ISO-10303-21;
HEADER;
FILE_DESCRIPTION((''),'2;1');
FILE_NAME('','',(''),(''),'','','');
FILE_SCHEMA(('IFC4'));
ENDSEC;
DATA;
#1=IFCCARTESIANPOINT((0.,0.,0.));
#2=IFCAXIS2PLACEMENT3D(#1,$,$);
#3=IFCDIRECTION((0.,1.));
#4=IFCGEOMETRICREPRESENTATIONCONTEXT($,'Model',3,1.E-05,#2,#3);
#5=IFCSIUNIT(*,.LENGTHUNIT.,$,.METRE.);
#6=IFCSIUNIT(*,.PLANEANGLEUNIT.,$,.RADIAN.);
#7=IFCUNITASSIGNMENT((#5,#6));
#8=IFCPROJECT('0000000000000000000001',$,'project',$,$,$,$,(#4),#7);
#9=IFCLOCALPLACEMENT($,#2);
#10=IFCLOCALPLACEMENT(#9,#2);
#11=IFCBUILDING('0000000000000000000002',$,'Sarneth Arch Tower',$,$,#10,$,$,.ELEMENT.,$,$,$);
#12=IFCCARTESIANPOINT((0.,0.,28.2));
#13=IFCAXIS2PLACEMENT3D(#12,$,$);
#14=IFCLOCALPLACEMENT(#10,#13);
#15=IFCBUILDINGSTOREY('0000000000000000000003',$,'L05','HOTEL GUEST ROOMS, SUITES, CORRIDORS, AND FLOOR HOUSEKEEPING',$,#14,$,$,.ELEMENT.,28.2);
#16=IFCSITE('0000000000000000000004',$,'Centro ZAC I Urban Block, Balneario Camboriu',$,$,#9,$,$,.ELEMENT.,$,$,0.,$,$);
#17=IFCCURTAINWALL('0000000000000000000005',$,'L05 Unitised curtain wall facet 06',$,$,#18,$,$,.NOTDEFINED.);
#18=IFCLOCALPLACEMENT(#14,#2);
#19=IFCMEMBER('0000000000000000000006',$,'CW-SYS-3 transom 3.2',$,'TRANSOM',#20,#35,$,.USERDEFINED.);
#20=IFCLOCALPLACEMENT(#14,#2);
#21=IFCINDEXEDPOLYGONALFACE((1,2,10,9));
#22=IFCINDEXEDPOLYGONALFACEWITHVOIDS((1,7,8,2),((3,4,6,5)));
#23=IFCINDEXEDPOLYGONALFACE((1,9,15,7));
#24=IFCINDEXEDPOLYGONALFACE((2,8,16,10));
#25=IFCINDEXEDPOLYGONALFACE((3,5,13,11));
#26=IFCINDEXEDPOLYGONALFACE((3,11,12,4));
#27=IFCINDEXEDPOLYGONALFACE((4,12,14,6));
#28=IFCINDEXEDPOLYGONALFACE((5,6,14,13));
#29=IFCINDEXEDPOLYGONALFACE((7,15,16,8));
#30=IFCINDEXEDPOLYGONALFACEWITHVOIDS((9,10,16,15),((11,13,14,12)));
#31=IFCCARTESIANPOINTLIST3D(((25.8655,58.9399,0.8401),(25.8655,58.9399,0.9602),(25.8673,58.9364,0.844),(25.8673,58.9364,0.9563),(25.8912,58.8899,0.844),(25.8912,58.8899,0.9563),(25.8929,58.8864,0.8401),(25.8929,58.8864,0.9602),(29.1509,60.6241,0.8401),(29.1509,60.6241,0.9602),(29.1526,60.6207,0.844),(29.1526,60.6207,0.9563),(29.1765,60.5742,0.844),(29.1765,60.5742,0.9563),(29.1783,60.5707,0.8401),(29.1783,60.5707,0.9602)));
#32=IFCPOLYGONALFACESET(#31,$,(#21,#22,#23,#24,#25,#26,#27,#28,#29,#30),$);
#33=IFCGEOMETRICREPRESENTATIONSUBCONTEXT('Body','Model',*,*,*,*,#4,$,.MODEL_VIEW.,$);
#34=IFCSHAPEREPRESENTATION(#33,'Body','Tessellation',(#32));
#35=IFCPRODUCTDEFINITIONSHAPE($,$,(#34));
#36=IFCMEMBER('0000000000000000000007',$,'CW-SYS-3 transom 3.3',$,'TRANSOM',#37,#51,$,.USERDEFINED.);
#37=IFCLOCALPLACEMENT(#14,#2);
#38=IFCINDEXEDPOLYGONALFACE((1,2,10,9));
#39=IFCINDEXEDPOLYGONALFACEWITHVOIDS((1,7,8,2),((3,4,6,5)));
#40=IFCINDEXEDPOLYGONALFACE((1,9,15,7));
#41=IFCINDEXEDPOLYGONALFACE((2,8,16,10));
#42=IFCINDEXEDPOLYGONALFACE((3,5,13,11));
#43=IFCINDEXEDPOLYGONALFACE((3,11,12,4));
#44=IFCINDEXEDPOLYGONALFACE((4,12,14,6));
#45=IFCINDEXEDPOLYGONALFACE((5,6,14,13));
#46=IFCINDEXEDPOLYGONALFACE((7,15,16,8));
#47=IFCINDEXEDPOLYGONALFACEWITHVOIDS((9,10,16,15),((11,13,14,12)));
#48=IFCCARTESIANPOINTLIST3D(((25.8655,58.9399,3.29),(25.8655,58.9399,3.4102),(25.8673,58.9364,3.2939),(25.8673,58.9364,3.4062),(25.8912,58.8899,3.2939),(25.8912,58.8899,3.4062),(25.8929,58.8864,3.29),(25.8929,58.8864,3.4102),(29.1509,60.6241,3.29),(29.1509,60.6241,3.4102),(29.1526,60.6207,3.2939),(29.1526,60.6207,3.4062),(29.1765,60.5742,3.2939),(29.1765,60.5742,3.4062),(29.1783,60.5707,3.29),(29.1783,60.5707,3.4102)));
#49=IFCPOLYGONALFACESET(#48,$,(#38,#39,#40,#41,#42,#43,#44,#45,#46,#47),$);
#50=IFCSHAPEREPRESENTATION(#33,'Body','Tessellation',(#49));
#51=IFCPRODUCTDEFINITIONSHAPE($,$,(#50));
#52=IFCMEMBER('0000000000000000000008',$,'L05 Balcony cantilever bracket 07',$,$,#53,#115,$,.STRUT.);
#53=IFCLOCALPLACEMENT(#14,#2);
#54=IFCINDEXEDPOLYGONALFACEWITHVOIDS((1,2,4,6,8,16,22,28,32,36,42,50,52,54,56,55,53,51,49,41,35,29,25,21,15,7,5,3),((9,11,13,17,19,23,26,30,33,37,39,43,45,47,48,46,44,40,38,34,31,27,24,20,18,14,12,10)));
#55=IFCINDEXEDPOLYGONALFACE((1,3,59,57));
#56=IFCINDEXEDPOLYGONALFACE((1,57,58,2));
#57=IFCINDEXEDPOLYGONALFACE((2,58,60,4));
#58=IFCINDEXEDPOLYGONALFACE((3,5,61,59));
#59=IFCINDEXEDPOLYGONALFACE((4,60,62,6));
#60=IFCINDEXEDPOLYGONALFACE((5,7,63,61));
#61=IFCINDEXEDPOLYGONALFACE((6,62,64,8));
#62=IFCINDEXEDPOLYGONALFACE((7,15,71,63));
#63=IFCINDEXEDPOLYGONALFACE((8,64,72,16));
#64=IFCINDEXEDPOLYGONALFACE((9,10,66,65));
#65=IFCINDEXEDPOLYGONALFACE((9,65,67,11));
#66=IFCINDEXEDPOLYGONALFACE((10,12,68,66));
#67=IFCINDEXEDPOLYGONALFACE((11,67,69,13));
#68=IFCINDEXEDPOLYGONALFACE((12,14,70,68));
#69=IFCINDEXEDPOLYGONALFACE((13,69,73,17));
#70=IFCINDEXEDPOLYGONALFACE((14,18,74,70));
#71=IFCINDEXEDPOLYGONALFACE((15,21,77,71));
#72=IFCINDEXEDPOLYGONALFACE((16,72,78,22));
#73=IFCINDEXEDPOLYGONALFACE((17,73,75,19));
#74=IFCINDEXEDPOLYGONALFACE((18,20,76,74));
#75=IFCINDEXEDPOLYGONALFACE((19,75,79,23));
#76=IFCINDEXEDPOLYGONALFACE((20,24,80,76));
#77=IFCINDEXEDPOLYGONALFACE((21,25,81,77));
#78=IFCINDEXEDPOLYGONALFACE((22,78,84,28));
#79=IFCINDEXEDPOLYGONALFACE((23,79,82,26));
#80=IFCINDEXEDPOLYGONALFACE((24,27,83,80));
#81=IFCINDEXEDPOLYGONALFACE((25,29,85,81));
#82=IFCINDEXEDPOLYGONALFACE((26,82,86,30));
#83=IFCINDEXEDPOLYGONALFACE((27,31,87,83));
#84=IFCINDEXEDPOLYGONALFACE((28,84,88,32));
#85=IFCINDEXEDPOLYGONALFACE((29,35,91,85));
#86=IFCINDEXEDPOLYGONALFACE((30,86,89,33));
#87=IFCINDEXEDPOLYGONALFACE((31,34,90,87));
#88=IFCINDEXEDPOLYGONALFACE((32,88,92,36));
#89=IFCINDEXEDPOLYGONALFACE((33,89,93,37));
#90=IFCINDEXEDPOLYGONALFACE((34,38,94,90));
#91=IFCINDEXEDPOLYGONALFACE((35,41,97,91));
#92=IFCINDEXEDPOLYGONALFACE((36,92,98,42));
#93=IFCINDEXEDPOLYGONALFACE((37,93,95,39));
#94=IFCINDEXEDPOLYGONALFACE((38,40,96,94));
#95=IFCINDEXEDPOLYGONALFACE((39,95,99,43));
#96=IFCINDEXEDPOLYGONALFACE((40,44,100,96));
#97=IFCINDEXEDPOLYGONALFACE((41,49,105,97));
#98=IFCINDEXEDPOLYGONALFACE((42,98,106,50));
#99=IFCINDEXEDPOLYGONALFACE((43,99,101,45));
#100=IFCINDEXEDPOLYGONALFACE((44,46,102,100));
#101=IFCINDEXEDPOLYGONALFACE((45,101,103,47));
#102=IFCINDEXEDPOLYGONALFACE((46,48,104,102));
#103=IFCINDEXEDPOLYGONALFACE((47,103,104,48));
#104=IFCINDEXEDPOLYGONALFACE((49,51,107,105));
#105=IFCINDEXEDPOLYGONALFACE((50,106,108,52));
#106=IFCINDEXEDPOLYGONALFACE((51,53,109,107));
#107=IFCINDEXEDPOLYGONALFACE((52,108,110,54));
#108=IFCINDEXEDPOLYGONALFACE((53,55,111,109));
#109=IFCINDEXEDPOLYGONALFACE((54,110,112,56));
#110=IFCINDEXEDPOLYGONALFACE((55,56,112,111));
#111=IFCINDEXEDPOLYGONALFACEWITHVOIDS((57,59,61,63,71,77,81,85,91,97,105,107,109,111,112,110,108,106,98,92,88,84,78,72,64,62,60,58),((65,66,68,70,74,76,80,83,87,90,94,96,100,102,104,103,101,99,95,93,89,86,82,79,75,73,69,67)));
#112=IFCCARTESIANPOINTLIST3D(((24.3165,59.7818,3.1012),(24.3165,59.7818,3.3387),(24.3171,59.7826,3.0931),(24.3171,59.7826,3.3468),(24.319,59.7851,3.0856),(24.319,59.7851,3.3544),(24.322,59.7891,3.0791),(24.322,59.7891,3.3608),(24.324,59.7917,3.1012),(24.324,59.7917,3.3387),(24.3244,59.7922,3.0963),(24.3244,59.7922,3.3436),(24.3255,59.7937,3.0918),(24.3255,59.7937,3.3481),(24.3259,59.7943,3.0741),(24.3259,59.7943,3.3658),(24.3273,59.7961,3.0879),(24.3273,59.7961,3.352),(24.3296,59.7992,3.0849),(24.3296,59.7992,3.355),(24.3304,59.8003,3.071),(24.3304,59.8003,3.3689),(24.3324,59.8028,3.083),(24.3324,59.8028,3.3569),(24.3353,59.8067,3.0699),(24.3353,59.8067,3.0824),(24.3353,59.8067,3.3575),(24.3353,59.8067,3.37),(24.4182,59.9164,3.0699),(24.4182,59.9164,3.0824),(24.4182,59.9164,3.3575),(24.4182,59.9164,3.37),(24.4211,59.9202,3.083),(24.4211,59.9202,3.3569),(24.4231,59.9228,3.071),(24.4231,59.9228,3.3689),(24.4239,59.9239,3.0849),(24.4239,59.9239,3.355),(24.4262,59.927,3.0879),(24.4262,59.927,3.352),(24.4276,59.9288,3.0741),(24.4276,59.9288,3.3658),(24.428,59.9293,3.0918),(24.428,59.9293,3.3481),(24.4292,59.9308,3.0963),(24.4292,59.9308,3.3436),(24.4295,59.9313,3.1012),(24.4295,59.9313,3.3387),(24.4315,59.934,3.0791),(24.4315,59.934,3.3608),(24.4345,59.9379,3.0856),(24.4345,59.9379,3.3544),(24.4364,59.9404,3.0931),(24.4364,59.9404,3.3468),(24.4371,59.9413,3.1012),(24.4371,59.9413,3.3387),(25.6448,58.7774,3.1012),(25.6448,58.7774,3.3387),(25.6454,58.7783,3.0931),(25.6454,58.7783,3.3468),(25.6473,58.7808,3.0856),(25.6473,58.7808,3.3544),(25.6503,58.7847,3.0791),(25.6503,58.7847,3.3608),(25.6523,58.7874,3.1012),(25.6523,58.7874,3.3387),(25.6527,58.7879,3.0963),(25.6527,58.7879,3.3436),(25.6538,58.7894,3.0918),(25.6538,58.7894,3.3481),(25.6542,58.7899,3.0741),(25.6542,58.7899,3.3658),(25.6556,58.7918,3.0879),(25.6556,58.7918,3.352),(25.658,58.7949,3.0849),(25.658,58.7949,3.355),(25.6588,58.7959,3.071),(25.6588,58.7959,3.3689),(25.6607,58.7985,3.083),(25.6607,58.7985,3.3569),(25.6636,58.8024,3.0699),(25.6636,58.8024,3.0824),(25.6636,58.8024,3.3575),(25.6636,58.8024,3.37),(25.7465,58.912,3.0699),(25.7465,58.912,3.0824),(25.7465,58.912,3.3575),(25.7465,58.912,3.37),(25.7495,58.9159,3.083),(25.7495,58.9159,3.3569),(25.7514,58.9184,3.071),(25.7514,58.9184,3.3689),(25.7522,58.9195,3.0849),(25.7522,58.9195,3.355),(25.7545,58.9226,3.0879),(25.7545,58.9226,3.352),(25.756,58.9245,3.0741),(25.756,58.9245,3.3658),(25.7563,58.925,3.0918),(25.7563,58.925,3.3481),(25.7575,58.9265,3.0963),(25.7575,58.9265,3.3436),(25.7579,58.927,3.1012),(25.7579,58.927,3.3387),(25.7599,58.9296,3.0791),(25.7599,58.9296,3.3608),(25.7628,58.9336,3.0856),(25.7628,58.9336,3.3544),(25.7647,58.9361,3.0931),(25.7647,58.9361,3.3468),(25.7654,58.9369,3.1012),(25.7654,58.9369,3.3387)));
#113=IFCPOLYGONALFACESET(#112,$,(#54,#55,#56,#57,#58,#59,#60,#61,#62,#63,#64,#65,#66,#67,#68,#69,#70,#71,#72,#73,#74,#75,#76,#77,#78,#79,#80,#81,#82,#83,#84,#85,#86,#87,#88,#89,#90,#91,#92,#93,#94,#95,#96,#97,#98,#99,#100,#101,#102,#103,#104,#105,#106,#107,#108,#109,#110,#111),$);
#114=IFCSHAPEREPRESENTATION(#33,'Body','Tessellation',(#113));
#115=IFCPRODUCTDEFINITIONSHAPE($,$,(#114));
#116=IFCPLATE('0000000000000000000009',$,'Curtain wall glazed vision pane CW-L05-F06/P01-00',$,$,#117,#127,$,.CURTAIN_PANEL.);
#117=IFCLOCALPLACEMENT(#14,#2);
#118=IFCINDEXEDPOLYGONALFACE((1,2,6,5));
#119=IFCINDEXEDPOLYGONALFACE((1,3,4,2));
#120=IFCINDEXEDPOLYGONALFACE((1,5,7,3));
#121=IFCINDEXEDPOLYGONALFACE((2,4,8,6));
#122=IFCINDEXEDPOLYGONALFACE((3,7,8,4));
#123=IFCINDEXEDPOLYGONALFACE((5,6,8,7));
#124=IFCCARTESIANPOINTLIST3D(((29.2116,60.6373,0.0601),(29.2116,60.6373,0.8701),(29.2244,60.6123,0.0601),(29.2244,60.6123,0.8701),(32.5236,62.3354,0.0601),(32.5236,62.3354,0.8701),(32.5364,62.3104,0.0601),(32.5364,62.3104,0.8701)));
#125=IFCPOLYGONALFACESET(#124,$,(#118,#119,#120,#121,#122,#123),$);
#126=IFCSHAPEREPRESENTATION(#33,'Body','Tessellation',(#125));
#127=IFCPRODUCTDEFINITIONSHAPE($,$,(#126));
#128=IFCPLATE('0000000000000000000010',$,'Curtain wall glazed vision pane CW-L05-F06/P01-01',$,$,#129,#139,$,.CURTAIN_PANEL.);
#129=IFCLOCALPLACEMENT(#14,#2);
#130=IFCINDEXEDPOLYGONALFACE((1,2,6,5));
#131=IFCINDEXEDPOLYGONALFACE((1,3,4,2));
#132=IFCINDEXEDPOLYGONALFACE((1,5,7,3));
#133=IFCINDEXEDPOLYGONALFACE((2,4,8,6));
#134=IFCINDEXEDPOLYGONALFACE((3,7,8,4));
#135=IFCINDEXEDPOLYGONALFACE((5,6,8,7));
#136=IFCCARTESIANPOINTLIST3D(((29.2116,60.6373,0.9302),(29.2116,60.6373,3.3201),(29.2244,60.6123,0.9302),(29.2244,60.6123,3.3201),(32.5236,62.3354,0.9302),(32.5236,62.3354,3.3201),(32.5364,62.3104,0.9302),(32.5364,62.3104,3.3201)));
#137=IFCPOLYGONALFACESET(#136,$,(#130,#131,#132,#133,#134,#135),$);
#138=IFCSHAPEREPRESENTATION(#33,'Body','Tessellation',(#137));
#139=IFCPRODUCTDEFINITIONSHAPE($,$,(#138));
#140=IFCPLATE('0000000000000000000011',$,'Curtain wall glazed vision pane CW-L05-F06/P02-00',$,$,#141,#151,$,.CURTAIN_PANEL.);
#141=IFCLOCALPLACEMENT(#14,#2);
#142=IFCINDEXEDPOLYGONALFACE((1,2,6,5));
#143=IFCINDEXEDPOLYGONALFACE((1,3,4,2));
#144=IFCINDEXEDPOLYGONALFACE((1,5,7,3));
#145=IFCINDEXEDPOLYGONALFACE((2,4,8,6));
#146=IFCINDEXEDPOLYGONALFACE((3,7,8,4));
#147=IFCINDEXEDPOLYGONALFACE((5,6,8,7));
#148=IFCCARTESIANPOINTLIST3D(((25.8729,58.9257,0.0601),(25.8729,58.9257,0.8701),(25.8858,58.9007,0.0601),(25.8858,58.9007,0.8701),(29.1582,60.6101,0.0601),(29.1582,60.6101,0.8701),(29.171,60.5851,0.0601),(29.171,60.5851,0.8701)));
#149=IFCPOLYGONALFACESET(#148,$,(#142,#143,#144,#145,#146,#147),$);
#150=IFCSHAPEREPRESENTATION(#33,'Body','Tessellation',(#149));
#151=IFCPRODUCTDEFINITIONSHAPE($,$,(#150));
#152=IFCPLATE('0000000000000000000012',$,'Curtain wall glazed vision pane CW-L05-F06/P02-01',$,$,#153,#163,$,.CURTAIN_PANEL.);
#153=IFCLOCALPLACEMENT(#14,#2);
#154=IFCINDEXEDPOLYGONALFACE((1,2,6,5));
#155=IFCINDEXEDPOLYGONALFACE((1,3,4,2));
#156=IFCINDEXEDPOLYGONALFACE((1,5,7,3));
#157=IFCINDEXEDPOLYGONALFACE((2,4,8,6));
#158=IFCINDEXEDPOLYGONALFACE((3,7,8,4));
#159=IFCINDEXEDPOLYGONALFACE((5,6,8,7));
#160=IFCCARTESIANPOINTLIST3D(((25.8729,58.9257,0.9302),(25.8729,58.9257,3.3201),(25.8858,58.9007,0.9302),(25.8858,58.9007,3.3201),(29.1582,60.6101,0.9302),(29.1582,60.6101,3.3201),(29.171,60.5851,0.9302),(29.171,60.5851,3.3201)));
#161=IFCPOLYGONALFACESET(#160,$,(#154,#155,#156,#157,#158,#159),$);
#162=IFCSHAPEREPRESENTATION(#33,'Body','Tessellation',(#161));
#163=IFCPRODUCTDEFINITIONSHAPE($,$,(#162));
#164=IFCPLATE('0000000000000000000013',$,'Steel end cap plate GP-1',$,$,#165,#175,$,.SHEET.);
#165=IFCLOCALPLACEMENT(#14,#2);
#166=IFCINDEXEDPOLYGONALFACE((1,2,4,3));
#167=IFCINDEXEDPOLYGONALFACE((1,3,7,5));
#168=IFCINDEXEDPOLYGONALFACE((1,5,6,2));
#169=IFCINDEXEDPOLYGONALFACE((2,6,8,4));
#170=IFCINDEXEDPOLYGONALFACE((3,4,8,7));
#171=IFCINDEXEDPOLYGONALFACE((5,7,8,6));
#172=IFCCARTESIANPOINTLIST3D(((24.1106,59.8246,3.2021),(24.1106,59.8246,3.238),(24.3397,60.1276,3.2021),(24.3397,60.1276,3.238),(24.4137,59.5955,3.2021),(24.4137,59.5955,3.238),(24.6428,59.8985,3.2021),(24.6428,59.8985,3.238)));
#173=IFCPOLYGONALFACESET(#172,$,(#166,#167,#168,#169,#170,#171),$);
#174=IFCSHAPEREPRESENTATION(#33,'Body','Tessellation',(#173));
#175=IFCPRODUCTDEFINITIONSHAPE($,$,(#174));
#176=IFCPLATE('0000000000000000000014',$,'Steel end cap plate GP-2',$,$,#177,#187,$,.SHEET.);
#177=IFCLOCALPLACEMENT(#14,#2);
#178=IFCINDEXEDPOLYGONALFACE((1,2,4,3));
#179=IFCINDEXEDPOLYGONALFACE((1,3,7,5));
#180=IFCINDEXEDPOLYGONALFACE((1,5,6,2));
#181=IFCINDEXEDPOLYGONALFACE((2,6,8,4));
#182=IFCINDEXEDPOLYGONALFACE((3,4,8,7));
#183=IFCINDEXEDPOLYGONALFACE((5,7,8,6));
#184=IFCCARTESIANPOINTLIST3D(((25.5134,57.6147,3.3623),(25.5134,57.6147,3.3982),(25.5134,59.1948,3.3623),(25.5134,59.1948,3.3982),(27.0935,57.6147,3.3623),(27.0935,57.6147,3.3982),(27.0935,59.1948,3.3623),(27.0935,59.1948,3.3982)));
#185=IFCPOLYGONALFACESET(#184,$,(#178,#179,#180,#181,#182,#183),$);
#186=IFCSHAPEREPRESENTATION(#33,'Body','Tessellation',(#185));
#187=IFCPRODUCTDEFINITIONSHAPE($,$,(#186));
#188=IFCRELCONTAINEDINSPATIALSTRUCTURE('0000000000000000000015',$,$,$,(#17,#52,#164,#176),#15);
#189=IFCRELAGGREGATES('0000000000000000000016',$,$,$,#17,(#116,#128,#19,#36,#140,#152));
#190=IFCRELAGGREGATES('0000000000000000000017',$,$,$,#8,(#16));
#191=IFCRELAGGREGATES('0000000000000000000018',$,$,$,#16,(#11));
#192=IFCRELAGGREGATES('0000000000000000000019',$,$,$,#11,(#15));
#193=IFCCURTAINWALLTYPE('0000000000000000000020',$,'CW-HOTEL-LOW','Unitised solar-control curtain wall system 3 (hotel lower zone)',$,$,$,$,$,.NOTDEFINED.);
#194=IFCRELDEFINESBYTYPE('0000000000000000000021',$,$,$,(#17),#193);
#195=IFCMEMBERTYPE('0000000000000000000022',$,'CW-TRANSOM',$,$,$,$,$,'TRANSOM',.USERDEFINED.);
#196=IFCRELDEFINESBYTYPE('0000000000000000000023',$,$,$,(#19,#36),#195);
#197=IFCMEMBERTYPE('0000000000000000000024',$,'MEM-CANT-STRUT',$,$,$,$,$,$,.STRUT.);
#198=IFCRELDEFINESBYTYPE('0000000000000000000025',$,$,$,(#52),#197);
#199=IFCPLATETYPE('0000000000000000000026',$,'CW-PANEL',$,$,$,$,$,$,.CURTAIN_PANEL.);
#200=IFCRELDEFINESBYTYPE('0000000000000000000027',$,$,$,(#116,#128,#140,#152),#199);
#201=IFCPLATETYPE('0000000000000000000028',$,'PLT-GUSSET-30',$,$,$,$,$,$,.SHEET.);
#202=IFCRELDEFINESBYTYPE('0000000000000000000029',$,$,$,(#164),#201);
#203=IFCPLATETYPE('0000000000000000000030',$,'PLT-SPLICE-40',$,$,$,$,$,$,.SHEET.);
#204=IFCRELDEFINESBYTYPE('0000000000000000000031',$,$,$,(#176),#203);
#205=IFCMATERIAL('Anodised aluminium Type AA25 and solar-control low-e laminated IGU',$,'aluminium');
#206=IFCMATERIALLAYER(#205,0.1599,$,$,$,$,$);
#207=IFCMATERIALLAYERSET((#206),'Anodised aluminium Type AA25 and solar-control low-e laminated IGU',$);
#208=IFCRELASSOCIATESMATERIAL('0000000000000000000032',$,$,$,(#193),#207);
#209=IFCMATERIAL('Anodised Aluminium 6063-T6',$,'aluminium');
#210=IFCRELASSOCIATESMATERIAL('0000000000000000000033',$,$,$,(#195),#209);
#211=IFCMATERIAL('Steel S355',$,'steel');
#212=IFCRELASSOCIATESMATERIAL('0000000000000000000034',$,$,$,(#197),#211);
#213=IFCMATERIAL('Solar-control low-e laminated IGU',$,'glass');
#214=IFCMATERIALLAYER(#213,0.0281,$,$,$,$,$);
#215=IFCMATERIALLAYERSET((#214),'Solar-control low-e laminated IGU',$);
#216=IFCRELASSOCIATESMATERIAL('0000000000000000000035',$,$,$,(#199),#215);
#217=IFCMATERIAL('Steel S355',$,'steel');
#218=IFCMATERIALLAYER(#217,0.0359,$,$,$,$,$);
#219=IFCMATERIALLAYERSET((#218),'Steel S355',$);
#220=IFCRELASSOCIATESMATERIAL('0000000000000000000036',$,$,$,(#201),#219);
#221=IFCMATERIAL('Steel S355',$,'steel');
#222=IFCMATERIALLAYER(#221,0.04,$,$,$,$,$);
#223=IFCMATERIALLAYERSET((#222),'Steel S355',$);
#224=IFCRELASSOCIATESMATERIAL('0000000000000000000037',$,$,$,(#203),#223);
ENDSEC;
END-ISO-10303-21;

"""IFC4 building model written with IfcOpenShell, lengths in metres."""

from ifc_helpers import new_model, si_unit, direction, frame, origin, origin_2d, place, context, subcontext, project, spatial, rectangle, hollow_rectangle, extrude, material, layer, layer_set, material_profile, profile_set, type_object, element, aggregate, save


model = new_model("IFC4")

# Units and contexts
model_context = context("Model", 3, precision=1e-05, world=origin(), true_north=direction((0.0, 1.0)))
body_context = subcontext(model_context, "Body", "Model", "MODEL_VIEW")
ifc_project = project(units=[si_unit("LENGTHUNIT", "METRE"), si_unit("PLANEANGLEUNIT", "RADIAN")], contexts=[model_context])

# Site, building, storey
site_placement = place(None, origin())
site = spatial("IfcSite", under=ifc_project, at=site_placement, Name="Centro ZAC I Urban Block, Balneario Camboriu", CompositionType="ELEMENT", RefElevation=0.0)
building_placement = place(site_placement, origin())
building = spatial("IfcBuilding", under=site, at=building_placement, Name="Sarneth Arch Tower", CompositionType="ELEMENT")
storey_placement = place(building_placement, frame((0.0, 0.0, 28.2)))
storey = spatial("IfcBuildingStorey", under=building, at=storey_placement, Name="L05", Description="HOTEL GUEST ROOMS, SUITES, CORRIDORS, AND FLOOR HOUSEKEEPING", CompositionType="ELEMENT", Elevation=28.2)

# Curtain wall, members
ifc_material_1 = material(Name="Anodised aluminium Type AA25 and solar-control low-e laminated IGU", Category="aluminium")
ifc_layer_1 = layer(ifc_material_1, 0.1599)
ifc_layer_set_1 = layer_set([ifc_layer_1], Name="Anodised aluminium Type AA25 and solar-control low-e laminated IGU")
curtain_wall_type = type_object("IfcCurtainWallType", Name="CW-HOTEL-LOW", Description="Unitised solar-control curtain wall system 3 (hotel lower zone)", PredefinedType="NOTDEFINED", material=ifc_layer_set_1)
curtain_wall_placement = place(storey_placement, origin())
curtain_wall = element("IfcCurtainWall", 1, at=curtain_wall_placement, inside=storey, type_object=curtain_wall_type, Name="L05 Unitised curtain wall facet 06", PredefinedType="NOTDEFINED")
ifc_material_2 = material(Name="Anodised Aluminium 6063-T6", Category="aluminium")
ifc_material_profile_1 = material_profile(ifc_material_2, hollow_rectangle(XDim=0.0601, YDim=0.1201, WallThickness=0.0039, at=origin_2d()), Name="AL-TRAN-120x60x4")
ifc_profile_set_1 = profile_set([ifc_material_profile_1], Name="Anodised Aluminium 6063-T6")
member_type_1 = type_object("IfcMemberType", Name="CW-TRANSOM", ElementType="TRANSOM", PredefinedType="USERDEFINED", material=ifc_profile_set_1)
member_1_placement = place(storey_placement, frame((29.1646, 60.5974, 0.9001), z_axis=(-0.889872, -0.456211, 0.0), x_axis=(0.456211, -0.889872, 0.0)))
member_1 = element("IfcMember", 2, at=member_1_placement, type_object=member_type_1, Name="CW-SYS-3 transom 3.2", ObjectType="TRANSOM", PredefinedType="USERDEFINED", context=body_context, shape_type="SweptSolid", body=[
    extrude(hollow_rectangle(XDim=0.0601, YDim=0.1201, WallThickness=0.0039, at=origin_2d()), origin(), (0.0, 0.0, 1.0), 3.6919),
])
member_2_placement = place(storey_placement, frame((29.1646, 60.5974, 3.3501), z_axis=(-0.889872, -0.456211, 0.0), x_axis=(0.456211, -0.889872, 0.0)))
member_2 = element("IfcMember", 3, at=member_2_placement, type_object=member_type_1, Name="CW-SYS-3 transom 3.3", ObjectType="TRANSOM", PredefinedType="USERDEFINED", context=body_context, shape_type="SweptSolid", body=[
    extrude(hollow_rectangle(XDim=0.0601, YDim=0.1201, WallThickness=0.0039, at=origin_2d()), origin(), (0.0, 0.0, 1.0), 3.6919),
])

# Member
ifc_material_3 = material(Name="Steel S355", Category="steel")
ifc_material_profile_2 = material_profile(ifc_material_3, hollow_rectangle(XDim=0.2, YDim=0.3, WallThickness=0.0125, InnerFilletRadius=0.0188, OuterFilletRadius=0.0312, at=origin_2d()), Name="RHS300x200x12.5")
ifc_profile_set_2 = profile_set([ifc_material_profile_2], Name="Steel S355")
member_type_2 = type_object("IfcMemberType", Name="MEM-CANT-STRUT", PredefinedType="STRUT", material=ifc_profile_set_2)
member_3_placement = place(storey_placement, frame((25.7051, 58.8572, 3.22), z_axis=(-0.797654, 0.603115, 0.0), x_axis=(-0.603115, -0.797654, 0.0)))
element("IfcMember", 4, at=member_3_placement, inside=storey, type_object=member_type_2, Name="L05 Balcony cantilever bracket 07", PredefinedType="STRUT", context=body_context, shape_type="SweptSolid", body=[
    extrude(hollow_rectangle(XDim=0.2, YDim=0.3, WallThickness=0.0125, InnerFilletRadius=0.0188, OuterFilletRadius=0.0312, at=origin_2d()), origin(), (0.0, 0.0, 1.0), 1.6653),
])

# Plates
ifc_material_4 = material(Name="Solar-control low-e laminated IGU", Category="glass")
ifc_layer_2 = layer(ifc_material_4, 0.0281)
ifc_layer_set_2 = layer_set([ifc_layer_2], Name="Solar-control low-e laminated IGU")
plate_type_1 = type_object("IfcPlateType", Name="CW-PANEL", PredefinedType="CURTAIN_PANEL", material=ifc_layer_set_2)
plate_1_placement = place(storey_placement, frame((30.874, 61.4739, 0.0601), z_axis=(0.0, 0.0, 1.0), x_axis=(-0.889854, -0.456245, 0.0)))
plate_1 = element("IfcPlate", 5, at=plate_1_placement, type_object=plate_type_1, Name="Curtain wall glazed vision pane CW-L05-F06/P01-00", PredefinedType="CURTAIN_PANEL", context=body_context, shape_type="SweptSolid", body=[
    extrude(rectangle(XDim=3.7219, YDim=0.0281, at=origin_2d()), origin(), (0.0, 0.0, 1.0), 0.8101),
])
plate_2_placement = place(storey_placement, frame((30.874, 61.4739, 0.9302), z_axis=(0.0, 0.0, 1.0), x_axis=(-0.889854, -0.456245, 0.0)))
plate_2 = element("IfcPlate", 6, at=plate_2_placement, type_object=plate_type_1, Name="Curtain wall glazed vision pane CW-L05-F06/P01-01", PredefinedType="CURTAIN_PANEL", context=body_context, shape_type="SweptSolid", body=[
    extrude(rectangle(XDim=3.7219, YDim=0.0281, at=origin_2d()), origin(), (0.0, 0.0, 1.0), 2.3899),
])
plate_3_placement = place(storey_placement, frame((27.522, 59.7554, 0.0601), z_axis=(0.0, 0.0, 1.0), x_axis=(-0.889854, -0.456245, 0.0)))
plate_3 = element("IfcPlate", 7, at=plate_3_placement, type_object=plate_type_1, Name="Curtain wall glazed vision pane CW-L05-F06/P02-00", PredefinedType="CURTAIN_PANEL", context=body_context, shape_type="SweptSolid", body=[
    extrude(rectangle(XDim=3.6919, YDim=0.0281, at=origin_2d()), origin(), (0.0, 0.0, 1.0), 0.8101),
])
plate_4_placement = place(storey_placement, frame((27.522, 59.7554, 0.9302), z_axis=(0.0, 0.0, 1.0), x_axis=(-0.889854, -0.456245, 0.0)))
plate_4 = element("IfcPlate", 8, at=plate_4_placement, type_object=plate_type_1, Name="Curtain wall glazed vision pane CW-L05-F06/P02-01", PredefinedType="CURTAIN_PANEL", context=body_context, shape_type="SweptSolid", body=[
    extrude(rectangle(XDim=3.6919, YDim=0.0281, at=origin_2d()), origin(), (0.0, 0.0, 1.0), 2.3899),
])
aggregate(curtain_wall, [plate_1, plate_2, member_1, member_2, plate_3, plate_4])

# Plates
ifc_material_5 = material(Name="Steel S355", Category="steel")
ifc_layer_3 = layer(ifc_material_5, 0.0359)
ifc_layer_set_3 = layer_set([ifc_layer_3], Name="Steel S355")
plate_type_2 = type_object("IfcPlateType", Name="PLT-GUSSET-30", PredefinedType="SHEET", material=ifc_layer_set_3)
plate_5_placement = place(storey_placement, frame((24.3767, 59.8616, 3.2021), z_axis=(0.0, 0.0, 1.0), x_axis=(-0.797689, 0.603069, 0.0)))
element("IfcPlate", 9, at=plate_5_placement, inside=storey, type_object=plate_type_2, Name="Steel end cap plate GP-1", PredefinedType="SHEET", context=body_context, shape_type="SweptSolid", body=[
    extrude(rectangle(XDim=0.3799, YDim=0.3799, at=origin_2d()), origin(), (0.0, 0.0, 1.0), 0.0359),
])
ifc_material_6 = material(Name="Steel S355", Category="steel")
ifc_layer_4 = layer(ifc_material_6, 0.04)
ifc_layer_set_4 = layer_set([ifc_layer_4], Name="Steel S355")
plate_type_3 = type_object("IfcPlateType", Name="PLT-SPLICE-40", PredefinedType="SHEET", material=ifc_layer_set_4)
plate_6_placement = place(storey_placement, frame((26.3035, 58.4048, 3.3623), z_axis=(0.0, 0.0, 1.0), x_axis=(1.0, 0.0, 0.0)))
element("IfcPlate", 10, at=plate_6_placement, inside=storey, type_object=plate_type_3, Name="Steel end cap plate GP-2", PredefinedType="SHEET", context=body_context, shape_type="SweptSolid", body=[
    extrude(rectangle(XDim=1.5801, YDim=1.5801, at=origin_2d()), origin(), (0.0, 0.0, 1.0), 0.0359),
])

save(model, "model.ifc")
